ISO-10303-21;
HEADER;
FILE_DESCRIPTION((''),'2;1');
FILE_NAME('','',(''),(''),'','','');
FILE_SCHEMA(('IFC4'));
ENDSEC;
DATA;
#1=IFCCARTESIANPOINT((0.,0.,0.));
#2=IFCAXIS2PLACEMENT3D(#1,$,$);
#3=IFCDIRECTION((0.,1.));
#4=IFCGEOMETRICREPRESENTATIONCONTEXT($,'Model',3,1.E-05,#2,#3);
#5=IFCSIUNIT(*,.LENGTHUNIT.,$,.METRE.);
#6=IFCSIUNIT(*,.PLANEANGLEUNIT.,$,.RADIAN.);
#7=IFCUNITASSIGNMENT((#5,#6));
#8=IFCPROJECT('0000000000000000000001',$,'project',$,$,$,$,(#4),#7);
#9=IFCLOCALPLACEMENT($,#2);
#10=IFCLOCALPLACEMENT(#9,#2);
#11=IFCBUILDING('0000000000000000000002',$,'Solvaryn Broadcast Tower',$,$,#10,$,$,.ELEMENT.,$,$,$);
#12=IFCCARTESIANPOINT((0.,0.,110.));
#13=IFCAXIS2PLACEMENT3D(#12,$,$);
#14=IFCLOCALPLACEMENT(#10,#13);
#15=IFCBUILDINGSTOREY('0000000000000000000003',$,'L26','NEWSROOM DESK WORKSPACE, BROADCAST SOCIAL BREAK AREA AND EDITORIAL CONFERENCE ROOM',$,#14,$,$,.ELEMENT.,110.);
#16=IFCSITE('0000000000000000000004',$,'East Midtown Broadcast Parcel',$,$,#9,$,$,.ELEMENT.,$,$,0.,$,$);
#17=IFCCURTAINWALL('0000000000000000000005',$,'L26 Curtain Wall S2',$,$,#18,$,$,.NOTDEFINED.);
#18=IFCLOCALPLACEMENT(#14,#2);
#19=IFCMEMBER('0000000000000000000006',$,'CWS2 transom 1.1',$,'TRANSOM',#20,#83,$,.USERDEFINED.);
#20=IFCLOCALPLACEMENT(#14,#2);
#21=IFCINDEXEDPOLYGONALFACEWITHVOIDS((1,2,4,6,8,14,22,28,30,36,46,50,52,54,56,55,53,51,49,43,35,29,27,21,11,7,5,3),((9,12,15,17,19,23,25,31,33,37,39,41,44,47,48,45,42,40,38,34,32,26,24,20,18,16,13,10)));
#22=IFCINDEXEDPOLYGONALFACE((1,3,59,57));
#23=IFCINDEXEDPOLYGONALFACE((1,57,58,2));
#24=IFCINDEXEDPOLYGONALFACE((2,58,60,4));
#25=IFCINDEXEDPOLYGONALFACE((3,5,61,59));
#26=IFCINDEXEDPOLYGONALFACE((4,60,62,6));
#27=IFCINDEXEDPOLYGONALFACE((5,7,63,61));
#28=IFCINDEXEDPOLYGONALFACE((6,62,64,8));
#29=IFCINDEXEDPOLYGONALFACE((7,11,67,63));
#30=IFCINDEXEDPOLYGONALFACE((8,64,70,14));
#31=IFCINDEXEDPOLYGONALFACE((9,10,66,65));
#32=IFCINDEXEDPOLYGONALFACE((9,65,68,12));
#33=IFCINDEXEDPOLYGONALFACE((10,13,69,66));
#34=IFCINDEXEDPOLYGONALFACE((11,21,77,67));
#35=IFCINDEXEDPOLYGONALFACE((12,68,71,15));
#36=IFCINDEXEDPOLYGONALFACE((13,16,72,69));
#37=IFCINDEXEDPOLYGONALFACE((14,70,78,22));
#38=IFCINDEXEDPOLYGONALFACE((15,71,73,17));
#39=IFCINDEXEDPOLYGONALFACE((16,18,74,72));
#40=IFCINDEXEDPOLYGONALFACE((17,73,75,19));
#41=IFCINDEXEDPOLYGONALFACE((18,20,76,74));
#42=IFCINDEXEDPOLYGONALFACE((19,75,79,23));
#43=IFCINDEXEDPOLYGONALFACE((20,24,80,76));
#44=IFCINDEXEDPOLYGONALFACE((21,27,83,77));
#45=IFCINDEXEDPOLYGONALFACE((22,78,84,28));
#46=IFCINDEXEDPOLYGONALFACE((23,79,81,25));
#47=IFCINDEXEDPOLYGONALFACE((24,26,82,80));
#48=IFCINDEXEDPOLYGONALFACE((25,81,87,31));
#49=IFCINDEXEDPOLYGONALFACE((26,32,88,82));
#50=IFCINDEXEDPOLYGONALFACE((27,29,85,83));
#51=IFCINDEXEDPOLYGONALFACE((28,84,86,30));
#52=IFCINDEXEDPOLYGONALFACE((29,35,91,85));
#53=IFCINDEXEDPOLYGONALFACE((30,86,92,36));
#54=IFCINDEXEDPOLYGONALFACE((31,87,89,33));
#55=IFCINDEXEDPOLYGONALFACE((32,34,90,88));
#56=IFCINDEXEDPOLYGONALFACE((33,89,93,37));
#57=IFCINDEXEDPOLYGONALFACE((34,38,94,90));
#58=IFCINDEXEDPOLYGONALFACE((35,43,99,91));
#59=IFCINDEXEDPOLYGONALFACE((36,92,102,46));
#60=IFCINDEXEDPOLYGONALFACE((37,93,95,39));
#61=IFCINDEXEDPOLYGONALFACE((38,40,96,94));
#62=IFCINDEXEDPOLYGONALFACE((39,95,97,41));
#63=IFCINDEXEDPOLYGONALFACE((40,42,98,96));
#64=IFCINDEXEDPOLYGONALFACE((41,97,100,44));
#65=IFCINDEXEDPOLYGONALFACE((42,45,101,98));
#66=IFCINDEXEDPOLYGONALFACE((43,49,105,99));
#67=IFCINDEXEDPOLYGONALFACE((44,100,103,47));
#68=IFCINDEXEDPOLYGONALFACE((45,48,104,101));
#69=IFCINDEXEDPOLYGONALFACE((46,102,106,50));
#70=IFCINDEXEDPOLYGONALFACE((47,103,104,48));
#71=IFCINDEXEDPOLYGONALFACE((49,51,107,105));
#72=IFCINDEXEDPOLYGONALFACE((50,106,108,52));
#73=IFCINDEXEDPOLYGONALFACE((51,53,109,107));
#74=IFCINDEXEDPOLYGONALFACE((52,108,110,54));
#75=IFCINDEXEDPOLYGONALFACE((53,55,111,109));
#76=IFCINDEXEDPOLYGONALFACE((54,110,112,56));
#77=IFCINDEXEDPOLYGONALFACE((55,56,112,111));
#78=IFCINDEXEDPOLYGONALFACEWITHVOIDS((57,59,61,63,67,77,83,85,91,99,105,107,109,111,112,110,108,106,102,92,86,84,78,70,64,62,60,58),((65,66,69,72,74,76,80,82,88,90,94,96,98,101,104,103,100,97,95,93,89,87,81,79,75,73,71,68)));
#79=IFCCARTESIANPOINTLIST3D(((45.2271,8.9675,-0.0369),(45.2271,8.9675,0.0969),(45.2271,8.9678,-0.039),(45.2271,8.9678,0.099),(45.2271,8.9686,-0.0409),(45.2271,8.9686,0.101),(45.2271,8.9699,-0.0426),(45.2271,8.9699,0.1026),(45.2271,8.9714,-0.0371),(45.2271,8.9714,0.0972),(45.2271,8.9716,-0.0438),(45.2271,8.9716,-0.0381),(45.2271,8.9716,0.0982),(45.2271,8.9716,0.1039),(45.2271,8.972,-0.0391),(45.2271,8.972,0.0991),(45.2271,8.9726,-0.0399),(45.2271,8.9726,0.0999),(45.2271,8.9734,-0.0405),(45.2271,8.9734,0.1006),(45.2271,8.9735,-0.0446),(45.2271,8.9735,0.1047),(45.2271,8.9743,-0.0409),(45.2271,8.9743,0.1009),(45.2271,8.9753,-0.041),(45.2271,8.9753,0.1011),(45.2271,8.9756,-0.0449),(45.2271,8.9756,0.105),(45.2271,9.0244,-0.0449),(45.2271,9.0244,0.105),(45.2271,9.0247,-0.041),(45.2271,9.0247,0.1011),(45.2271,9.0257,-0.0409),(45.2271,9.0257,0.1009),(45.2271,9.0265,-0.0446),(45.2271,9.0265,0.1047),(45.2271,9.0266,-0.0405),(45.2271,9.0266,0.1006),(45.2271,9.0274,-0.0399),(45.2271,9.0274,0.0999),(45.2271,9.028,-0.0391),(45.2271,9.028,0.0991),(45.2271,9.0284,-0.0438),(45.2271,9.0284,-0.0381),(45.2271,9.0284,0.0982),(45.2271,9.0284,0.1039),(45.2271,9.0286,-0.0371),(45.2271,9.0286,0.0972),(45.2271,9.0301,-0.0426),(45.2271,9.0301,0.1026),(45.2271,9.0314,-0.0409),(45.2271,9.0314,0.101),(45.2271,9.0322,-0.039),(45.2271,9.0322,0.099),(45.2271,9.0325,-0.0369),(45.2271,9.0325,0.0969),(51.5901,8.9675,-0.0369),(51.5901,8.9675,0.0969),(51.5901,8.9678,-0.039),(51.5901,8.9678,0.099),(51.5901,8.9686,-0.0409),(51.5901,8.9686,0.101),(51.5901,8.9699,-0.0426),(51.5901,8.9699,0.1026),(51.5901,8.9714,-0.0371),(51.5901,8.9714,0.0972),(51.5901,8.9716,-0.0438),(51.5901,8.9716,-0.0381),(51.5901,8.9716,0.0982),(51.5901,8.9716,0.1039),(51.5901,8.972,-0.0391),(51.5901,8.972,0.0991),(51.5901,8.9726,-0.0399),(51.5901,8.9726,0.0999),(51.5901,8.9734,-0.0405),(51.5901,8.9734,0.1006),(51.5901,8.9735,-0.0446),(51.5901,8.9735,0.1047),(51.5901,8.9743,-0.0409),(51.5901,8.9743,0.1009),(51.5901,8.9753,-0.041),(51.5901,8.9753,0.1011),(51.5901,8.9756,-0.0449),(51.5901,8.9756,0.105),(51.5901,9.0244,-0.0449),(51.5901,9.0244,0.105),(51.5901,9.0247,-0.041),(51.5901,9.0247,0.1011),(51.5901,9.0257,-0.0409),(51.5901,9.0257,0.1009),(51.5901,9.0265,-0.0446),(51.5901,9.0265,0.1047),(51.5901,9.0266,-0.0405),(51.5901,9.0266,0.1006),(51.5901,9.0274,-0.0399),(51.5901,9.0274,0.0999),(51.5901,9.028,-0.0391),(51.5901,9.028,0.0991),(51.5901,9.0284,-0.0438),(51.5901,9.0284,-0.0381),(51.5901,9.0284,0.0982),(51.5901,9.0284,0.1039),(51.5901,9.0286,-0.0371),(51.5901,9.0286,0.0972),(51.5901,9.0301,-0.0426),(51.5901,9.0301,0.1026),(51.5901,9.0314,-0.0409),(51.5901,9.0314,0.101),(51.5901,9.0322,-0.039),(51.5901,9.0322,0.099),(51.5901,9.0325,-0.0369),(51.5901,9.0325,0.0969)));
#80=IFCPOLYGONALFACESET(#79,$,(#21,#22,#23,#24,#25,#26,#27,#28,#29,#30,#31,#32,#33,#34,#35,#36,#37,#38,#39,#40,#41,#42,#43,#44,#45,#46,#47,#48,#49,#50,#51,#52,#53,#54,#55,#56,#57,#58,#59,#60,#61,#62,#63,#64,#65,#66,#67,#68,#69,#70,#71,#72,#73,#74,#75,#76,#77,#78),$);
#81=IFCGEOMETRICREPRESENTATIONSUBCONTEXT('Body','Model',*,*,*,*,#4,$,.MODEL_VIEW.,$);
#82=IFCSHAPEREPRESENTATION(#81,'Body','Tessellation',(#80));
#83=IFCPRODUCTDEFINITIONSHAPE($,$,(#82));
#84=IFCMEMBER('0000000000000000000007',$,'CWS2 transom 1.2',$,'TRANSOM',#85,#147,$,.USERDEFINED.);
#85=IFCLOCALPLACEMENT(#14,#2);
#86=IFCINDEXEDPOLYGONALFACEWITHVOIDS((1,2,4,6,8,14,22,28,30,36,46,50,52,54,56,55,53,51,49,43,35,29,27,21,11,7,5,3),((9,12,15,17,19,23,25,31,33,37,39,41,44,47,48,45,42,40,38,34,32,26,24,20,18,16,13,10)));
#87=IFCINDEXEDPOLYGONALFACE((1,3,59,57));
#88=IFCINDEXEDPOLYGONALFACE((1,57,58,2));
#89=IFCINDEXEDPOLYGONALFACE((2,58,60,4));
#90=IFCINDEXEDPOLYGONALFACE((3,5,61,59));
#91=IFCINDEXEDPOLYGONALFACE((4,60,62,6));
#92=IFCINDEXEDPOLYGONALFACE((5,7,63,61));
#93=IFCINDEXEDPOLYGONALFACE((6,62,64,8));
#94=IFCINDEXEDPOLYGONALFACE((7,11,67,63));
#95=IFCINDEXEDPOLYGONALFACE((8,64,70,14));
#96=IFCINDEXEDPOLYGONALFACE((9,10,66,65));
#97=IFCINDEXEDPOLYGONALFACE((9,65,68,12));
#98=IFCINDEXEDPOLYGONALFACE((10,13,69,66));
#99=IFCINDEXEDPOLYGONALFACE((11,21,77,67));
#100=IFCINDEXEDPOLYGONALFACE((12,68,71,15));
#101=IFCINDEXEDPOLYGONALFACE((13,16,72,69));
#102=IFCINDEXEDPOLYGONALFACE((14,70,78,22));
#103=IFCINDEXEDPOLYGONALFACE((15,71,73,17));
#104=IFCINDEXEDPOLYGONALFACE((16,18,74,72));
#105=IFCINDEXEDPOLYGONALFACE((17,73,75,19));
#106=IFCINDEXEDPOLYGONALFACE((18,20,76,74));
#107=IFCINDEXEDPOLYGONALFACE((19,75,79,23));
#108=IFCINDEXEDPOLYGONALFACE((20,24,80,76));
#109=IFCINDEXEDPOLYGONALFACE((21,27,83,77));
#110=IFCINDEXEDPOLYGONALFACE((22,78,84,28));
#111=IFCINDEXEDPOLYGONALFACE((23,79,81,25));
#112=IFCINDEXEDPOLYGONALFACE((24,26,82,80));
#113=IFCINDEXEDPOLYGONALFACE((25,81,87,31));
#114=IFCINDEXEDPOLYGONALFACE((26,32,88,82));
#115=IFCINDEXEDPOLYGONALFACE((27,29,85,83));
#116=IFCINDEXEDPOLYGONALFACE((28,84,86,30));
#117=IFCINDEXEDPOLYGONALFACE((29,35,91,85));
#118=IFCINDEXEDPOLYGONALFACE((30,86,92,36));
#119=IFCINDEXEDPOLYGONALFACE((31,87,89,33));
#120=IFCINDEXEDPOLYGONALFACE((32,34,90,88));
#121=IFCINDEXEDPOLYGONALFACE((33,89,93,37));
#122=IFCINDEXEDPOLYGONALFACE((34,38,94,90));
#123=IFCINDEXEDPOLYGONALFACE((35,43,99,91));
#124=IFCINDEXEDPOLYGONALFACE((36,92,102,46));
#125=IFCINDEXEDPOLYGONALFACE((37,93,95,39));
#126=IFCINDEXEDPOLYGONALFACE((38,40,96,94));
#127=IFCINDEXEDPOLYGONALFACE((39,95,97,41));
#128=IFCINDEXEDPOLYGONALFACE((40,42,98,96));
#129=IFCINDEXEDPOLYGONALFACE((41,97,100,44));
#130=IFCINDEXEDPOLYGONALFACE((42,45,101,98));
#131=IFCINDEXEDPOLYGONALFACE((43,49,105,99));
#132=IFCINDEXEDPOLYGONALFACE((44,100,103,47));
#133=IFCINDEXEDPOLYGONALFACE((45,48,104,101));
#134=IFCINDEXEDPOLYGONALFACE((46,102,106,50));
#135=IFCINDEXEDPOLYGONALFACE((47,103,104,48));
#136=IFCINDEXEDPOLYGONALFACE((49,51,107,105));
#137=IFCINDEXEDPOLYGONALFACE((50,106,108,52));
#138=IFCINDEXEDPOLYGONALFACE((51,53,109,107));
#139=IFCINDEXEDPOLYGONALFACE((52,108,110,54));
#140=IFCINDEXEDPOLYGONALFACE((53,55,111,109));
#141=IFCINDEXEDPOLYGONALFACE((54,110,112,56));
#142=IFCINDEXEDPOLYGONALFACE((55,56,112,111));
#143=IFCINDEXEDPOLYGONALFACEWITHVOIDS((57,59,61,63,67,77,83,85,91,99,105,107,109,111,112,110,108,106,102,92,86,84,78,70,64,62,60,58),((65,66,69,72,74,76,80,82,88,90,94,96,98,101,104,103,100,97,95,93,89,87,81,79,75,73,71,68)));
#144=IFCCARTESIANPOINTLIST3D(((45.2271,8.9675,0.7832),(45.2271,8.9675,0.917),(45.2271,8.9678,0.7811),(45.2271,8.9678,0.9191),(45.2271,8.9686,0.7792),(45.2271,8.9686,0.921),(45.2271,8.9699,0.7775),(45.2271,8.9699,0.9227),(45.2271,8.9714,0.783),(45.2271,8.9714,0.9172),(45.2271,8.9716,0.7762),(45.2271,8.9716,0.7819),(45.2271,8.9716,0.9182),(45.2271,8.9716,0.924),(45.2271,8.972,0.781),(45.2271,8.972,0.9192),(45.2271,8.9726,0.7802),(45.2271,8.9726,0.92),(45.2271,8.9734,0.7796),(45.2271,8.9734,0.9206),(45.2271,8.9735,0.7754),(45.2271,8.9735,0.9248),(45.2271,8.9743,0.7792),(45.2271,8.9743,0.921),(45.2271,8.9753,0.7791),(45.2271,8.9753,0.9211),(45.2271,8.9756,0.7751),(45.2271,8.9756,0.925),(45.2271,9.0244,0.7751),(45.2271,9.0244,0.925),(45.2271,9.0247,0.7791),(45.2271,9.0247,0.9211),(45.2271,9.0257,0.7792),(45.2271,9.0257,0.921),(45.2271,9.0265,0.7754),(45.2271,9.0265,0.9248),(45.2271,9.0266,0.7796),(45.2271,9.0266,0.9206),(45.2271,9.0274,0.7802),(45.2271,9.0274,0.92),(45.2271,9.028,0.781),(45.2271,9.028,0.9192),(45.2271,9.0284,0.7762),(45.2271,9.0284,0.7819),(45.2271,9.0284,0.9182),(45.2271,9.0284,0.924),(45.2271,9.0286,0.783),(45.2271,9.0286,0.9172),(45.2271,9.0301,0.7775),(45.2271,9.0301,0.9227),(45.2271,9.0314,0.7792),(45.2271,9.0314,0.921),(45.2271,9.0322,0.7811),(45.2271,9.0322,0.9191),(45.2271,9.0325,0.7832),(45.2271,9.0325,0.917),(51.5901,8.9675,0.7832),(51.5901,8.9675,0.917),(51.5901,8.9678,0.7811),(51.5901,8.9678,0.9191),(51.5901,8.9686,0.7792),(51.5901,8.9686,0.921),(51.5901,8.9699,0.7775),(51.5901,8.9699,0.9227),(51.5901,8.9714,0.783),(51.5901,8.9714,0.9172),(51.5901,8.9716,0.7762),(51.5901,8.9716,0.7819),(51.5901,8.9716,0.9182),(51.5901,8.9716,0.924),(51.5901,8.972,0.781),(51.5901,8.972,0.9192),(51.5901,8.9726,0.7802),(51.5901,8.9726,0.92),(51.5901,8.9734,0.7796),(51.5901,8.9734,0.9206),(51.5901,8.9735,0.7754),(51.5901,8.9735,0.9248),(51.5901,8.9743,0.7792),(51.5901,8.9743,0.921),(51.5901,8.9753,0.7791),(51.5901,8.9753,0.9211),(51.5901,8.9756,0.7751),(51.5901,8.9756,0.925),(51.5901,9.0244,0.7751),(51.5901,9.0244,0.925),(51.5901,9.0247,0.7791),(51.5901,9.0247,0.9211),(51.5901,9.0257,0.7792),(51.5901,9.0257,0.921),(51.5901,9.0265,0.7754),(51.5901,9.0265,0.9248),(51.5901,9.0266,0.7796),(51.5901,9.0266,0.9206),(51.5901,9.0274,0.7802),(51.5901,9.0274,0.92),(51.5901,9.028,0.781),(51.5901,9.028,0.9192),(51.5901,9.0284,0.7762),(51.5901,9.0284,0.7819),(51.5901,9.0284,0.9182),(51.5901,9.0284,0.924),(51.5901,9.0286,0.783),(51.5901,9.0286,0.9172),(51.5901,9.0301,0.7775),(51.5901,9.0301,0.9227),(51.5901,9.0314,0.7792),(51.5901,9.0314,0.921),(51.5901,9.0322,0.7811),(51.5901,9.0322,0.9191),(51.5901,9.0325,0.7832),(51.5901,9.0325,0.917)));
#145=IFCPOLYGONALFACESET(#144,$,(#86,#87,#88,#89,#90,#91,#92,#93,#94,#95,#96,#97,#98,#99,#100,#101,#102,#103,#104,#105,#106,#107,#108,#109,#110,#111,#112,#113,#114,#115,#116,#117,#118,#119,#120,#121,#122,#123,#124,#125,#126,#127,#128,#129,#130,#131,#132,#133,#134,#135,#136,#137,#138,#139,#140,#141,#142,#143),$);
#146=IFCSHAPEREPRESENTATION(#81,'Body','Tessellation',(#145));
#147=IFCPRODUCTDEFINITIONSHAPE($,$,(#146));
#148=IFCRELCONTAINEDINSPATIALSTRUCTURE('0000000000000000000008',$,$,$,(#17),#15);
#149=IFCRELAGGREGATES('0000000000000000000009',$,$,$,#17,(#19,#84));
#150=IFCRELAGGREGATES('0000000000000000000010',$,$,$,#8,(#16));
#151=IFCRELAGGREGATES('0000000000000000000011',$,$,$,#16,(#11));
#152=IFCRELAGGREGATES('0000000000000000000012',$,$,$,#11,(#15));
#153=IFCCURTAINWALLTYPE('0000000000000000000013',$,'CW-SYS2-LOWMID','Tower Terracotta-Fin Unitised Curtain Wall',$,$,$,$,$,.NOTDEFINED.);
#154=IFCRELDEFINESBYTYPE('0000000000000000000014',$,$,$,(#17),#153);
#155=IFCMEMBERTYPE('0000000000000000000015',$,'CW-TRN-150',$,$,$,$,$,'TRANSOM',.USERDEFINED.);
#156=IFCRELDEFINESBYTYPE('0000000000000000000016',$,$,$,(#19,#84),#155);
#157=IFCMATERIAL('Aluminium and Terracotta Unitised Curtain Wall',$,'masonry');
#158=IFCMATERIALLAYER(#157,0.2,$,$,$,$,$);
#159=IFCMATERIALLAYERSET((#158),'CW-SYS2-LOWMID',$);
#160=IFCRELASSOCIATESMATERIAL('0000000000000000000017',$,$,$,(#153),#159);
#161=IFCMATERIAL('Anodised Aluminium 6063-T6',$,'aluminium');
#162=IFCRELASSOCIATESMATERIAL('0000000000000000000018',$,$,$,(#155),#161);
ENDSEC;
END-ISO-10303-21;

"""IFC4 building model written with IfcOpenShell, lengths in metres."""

from ifc_helpers import new_model, si_unit, direction, frame, origin, origin_2d, place, context, subcontext, project, spatial, hollow_rectangle, extrude, material, layer, layer_set, material_profile, profile_set, type_object, element, aggregate, save


model = new_model("IFC4")

# Units and contexts
model_context = context("Model", 3, precision=1e-05, world=origin(), true_north=direction((0.0, 1.0)))
body_context = subcontext(model_context, "Body", "Model", "MODEL_VIEW")
ifc_project = project(units=[si_unit("LENGTHUNIT", "METRE"), si_unit("PLANEANGLEUNIT", "RADIAN")], contexts=[model_context])

# Site, building, storey
site_placement = place(None, origin())
site = spatial("IfcSite", under=ifc_project, at=site_placement, Name="East Midtown Broadcast Parcel", CompositionType="ELEMENT", RefElevation=0.0)
building_placement = place(site_placement, origin())
building = spatial("IfcBuilding", under=site, at=building_placement, Name="Solvaryn Broadcast Tower", CompositionType="ELEMENT")
storey_placement = place(building_placement, frame((0.0, 0.0, 110.0)))
storey = spatial("IfcBuildingStorey", under=building, at=storey_placement, Name="L26", Description="NEWSROOM DESK WORKSPACE, BROADCAST SOCIAL BREAK AREA AND EDITORIAL CONFERENCE ROOM", CompositionType="ELEMENT", Elevation=110.0)

# Shared definitions
ifc_material_1 = material(Name="Aluminium and Terracotta Unitised Curtain Wall", Category="masonry")
ifc_layer_1 = layer(ifc_material_1, 0.2)
ifc_layer_set_1 = layer_set([ifc_layer_1], Name="CW-SYS2-LOWMID")
curtain_wall_type = type_object("IfcCurtainWallType", Name="CW-SYS2-LOWMID", Description="Tower Terracotta-Fin Unitised Curtain Wall", PredefinedType="NOTDEFINED", material=ifc_layer_set_1)

# Curtain wall, members
curtain_wall_1_placement = place(storey_placement, origin())
curtain_wall_1 = element("IfcCurtainWall", 1, at=curtain_wall_1_placement, inside=storey, type_object=curtain_wall_type, Name="L26 Curtain Wall S2", PredefinedType="NOTDEFINED")
ifc_material_2 = material(Name="Anodised Aluminium 6063-T6", Category="aluminium")
ifc_material_profile_1 = material_profile(ifc_material_2, hollow_rectangle(XDim=0.0649, YDim=0.1499, WallThickness=0.0039, InnerFilletRadius=0.0039, OuterFilletRadius=0.0081, at=origin_2d()))
ifc_profile_set_1 = profile_set([ifc_material_profile_1], Name="Anodised Aluminium 6063-T6")
member_type_1 = type_object("IfcMemberType", Name="CW-TRN-150", ElementType="TRANSOM", PredefinedType="USERDEFINED", material=ifc_profile_set_1)
member_1_placement = place(storey_placement, frame((45.2271, 9.0, 0.03), z_axis=(1.0, 0.0, 0.0), x_axis=(0.0, 1.0, 0.0)))
member_1 = element("IfcMember", 2, at=member_1_placement, type_object=member_type_1, Name="CWS2 transom 1.1", ObjectType="TRANSOM", PredefinedType="USERDEFINED", context=body_context, shape_type="SweptSolid", body=[
    extrude(hollow_rectangle(XDim=0.0649, YDim=0.1499, WallThickness=0.0039, InnerFilletRadius=0.0039, OuterFilletRadius=0.0081, at=origin_2d()), origin(), (0.0, 0.0, 1.0), 6.363),
])
member_2_placement = place(storey_placement, frame((45.2271, 9.0, 0.8501), z_axis=(1.0, 0.0, 0.0), x_axis=(0.0, 1.0, 0.0)))
member_2 = element("IfcMember", 3, at=member_2_placement, type_object=member_type_1, Name="CWS2 transom 1.2", ObjectType="TRANSOM", PredefinedType="USERDEFINED", context=body_context, shape_type="SweptSolid", body=[
    extrude(hollow_rectangle(XDim=0.0649, YDim=0.1499, WallThickness=0.0039, InnerFilletRadius=0.0039, OuterFilletRadius=0.0081, at=origin_2d()), origin(), (0.0, 0.0, 1.0), 6.363),
])
aggregate(curtain_wall_1, [member_1, member_2])

save(model, "model.ifc")
